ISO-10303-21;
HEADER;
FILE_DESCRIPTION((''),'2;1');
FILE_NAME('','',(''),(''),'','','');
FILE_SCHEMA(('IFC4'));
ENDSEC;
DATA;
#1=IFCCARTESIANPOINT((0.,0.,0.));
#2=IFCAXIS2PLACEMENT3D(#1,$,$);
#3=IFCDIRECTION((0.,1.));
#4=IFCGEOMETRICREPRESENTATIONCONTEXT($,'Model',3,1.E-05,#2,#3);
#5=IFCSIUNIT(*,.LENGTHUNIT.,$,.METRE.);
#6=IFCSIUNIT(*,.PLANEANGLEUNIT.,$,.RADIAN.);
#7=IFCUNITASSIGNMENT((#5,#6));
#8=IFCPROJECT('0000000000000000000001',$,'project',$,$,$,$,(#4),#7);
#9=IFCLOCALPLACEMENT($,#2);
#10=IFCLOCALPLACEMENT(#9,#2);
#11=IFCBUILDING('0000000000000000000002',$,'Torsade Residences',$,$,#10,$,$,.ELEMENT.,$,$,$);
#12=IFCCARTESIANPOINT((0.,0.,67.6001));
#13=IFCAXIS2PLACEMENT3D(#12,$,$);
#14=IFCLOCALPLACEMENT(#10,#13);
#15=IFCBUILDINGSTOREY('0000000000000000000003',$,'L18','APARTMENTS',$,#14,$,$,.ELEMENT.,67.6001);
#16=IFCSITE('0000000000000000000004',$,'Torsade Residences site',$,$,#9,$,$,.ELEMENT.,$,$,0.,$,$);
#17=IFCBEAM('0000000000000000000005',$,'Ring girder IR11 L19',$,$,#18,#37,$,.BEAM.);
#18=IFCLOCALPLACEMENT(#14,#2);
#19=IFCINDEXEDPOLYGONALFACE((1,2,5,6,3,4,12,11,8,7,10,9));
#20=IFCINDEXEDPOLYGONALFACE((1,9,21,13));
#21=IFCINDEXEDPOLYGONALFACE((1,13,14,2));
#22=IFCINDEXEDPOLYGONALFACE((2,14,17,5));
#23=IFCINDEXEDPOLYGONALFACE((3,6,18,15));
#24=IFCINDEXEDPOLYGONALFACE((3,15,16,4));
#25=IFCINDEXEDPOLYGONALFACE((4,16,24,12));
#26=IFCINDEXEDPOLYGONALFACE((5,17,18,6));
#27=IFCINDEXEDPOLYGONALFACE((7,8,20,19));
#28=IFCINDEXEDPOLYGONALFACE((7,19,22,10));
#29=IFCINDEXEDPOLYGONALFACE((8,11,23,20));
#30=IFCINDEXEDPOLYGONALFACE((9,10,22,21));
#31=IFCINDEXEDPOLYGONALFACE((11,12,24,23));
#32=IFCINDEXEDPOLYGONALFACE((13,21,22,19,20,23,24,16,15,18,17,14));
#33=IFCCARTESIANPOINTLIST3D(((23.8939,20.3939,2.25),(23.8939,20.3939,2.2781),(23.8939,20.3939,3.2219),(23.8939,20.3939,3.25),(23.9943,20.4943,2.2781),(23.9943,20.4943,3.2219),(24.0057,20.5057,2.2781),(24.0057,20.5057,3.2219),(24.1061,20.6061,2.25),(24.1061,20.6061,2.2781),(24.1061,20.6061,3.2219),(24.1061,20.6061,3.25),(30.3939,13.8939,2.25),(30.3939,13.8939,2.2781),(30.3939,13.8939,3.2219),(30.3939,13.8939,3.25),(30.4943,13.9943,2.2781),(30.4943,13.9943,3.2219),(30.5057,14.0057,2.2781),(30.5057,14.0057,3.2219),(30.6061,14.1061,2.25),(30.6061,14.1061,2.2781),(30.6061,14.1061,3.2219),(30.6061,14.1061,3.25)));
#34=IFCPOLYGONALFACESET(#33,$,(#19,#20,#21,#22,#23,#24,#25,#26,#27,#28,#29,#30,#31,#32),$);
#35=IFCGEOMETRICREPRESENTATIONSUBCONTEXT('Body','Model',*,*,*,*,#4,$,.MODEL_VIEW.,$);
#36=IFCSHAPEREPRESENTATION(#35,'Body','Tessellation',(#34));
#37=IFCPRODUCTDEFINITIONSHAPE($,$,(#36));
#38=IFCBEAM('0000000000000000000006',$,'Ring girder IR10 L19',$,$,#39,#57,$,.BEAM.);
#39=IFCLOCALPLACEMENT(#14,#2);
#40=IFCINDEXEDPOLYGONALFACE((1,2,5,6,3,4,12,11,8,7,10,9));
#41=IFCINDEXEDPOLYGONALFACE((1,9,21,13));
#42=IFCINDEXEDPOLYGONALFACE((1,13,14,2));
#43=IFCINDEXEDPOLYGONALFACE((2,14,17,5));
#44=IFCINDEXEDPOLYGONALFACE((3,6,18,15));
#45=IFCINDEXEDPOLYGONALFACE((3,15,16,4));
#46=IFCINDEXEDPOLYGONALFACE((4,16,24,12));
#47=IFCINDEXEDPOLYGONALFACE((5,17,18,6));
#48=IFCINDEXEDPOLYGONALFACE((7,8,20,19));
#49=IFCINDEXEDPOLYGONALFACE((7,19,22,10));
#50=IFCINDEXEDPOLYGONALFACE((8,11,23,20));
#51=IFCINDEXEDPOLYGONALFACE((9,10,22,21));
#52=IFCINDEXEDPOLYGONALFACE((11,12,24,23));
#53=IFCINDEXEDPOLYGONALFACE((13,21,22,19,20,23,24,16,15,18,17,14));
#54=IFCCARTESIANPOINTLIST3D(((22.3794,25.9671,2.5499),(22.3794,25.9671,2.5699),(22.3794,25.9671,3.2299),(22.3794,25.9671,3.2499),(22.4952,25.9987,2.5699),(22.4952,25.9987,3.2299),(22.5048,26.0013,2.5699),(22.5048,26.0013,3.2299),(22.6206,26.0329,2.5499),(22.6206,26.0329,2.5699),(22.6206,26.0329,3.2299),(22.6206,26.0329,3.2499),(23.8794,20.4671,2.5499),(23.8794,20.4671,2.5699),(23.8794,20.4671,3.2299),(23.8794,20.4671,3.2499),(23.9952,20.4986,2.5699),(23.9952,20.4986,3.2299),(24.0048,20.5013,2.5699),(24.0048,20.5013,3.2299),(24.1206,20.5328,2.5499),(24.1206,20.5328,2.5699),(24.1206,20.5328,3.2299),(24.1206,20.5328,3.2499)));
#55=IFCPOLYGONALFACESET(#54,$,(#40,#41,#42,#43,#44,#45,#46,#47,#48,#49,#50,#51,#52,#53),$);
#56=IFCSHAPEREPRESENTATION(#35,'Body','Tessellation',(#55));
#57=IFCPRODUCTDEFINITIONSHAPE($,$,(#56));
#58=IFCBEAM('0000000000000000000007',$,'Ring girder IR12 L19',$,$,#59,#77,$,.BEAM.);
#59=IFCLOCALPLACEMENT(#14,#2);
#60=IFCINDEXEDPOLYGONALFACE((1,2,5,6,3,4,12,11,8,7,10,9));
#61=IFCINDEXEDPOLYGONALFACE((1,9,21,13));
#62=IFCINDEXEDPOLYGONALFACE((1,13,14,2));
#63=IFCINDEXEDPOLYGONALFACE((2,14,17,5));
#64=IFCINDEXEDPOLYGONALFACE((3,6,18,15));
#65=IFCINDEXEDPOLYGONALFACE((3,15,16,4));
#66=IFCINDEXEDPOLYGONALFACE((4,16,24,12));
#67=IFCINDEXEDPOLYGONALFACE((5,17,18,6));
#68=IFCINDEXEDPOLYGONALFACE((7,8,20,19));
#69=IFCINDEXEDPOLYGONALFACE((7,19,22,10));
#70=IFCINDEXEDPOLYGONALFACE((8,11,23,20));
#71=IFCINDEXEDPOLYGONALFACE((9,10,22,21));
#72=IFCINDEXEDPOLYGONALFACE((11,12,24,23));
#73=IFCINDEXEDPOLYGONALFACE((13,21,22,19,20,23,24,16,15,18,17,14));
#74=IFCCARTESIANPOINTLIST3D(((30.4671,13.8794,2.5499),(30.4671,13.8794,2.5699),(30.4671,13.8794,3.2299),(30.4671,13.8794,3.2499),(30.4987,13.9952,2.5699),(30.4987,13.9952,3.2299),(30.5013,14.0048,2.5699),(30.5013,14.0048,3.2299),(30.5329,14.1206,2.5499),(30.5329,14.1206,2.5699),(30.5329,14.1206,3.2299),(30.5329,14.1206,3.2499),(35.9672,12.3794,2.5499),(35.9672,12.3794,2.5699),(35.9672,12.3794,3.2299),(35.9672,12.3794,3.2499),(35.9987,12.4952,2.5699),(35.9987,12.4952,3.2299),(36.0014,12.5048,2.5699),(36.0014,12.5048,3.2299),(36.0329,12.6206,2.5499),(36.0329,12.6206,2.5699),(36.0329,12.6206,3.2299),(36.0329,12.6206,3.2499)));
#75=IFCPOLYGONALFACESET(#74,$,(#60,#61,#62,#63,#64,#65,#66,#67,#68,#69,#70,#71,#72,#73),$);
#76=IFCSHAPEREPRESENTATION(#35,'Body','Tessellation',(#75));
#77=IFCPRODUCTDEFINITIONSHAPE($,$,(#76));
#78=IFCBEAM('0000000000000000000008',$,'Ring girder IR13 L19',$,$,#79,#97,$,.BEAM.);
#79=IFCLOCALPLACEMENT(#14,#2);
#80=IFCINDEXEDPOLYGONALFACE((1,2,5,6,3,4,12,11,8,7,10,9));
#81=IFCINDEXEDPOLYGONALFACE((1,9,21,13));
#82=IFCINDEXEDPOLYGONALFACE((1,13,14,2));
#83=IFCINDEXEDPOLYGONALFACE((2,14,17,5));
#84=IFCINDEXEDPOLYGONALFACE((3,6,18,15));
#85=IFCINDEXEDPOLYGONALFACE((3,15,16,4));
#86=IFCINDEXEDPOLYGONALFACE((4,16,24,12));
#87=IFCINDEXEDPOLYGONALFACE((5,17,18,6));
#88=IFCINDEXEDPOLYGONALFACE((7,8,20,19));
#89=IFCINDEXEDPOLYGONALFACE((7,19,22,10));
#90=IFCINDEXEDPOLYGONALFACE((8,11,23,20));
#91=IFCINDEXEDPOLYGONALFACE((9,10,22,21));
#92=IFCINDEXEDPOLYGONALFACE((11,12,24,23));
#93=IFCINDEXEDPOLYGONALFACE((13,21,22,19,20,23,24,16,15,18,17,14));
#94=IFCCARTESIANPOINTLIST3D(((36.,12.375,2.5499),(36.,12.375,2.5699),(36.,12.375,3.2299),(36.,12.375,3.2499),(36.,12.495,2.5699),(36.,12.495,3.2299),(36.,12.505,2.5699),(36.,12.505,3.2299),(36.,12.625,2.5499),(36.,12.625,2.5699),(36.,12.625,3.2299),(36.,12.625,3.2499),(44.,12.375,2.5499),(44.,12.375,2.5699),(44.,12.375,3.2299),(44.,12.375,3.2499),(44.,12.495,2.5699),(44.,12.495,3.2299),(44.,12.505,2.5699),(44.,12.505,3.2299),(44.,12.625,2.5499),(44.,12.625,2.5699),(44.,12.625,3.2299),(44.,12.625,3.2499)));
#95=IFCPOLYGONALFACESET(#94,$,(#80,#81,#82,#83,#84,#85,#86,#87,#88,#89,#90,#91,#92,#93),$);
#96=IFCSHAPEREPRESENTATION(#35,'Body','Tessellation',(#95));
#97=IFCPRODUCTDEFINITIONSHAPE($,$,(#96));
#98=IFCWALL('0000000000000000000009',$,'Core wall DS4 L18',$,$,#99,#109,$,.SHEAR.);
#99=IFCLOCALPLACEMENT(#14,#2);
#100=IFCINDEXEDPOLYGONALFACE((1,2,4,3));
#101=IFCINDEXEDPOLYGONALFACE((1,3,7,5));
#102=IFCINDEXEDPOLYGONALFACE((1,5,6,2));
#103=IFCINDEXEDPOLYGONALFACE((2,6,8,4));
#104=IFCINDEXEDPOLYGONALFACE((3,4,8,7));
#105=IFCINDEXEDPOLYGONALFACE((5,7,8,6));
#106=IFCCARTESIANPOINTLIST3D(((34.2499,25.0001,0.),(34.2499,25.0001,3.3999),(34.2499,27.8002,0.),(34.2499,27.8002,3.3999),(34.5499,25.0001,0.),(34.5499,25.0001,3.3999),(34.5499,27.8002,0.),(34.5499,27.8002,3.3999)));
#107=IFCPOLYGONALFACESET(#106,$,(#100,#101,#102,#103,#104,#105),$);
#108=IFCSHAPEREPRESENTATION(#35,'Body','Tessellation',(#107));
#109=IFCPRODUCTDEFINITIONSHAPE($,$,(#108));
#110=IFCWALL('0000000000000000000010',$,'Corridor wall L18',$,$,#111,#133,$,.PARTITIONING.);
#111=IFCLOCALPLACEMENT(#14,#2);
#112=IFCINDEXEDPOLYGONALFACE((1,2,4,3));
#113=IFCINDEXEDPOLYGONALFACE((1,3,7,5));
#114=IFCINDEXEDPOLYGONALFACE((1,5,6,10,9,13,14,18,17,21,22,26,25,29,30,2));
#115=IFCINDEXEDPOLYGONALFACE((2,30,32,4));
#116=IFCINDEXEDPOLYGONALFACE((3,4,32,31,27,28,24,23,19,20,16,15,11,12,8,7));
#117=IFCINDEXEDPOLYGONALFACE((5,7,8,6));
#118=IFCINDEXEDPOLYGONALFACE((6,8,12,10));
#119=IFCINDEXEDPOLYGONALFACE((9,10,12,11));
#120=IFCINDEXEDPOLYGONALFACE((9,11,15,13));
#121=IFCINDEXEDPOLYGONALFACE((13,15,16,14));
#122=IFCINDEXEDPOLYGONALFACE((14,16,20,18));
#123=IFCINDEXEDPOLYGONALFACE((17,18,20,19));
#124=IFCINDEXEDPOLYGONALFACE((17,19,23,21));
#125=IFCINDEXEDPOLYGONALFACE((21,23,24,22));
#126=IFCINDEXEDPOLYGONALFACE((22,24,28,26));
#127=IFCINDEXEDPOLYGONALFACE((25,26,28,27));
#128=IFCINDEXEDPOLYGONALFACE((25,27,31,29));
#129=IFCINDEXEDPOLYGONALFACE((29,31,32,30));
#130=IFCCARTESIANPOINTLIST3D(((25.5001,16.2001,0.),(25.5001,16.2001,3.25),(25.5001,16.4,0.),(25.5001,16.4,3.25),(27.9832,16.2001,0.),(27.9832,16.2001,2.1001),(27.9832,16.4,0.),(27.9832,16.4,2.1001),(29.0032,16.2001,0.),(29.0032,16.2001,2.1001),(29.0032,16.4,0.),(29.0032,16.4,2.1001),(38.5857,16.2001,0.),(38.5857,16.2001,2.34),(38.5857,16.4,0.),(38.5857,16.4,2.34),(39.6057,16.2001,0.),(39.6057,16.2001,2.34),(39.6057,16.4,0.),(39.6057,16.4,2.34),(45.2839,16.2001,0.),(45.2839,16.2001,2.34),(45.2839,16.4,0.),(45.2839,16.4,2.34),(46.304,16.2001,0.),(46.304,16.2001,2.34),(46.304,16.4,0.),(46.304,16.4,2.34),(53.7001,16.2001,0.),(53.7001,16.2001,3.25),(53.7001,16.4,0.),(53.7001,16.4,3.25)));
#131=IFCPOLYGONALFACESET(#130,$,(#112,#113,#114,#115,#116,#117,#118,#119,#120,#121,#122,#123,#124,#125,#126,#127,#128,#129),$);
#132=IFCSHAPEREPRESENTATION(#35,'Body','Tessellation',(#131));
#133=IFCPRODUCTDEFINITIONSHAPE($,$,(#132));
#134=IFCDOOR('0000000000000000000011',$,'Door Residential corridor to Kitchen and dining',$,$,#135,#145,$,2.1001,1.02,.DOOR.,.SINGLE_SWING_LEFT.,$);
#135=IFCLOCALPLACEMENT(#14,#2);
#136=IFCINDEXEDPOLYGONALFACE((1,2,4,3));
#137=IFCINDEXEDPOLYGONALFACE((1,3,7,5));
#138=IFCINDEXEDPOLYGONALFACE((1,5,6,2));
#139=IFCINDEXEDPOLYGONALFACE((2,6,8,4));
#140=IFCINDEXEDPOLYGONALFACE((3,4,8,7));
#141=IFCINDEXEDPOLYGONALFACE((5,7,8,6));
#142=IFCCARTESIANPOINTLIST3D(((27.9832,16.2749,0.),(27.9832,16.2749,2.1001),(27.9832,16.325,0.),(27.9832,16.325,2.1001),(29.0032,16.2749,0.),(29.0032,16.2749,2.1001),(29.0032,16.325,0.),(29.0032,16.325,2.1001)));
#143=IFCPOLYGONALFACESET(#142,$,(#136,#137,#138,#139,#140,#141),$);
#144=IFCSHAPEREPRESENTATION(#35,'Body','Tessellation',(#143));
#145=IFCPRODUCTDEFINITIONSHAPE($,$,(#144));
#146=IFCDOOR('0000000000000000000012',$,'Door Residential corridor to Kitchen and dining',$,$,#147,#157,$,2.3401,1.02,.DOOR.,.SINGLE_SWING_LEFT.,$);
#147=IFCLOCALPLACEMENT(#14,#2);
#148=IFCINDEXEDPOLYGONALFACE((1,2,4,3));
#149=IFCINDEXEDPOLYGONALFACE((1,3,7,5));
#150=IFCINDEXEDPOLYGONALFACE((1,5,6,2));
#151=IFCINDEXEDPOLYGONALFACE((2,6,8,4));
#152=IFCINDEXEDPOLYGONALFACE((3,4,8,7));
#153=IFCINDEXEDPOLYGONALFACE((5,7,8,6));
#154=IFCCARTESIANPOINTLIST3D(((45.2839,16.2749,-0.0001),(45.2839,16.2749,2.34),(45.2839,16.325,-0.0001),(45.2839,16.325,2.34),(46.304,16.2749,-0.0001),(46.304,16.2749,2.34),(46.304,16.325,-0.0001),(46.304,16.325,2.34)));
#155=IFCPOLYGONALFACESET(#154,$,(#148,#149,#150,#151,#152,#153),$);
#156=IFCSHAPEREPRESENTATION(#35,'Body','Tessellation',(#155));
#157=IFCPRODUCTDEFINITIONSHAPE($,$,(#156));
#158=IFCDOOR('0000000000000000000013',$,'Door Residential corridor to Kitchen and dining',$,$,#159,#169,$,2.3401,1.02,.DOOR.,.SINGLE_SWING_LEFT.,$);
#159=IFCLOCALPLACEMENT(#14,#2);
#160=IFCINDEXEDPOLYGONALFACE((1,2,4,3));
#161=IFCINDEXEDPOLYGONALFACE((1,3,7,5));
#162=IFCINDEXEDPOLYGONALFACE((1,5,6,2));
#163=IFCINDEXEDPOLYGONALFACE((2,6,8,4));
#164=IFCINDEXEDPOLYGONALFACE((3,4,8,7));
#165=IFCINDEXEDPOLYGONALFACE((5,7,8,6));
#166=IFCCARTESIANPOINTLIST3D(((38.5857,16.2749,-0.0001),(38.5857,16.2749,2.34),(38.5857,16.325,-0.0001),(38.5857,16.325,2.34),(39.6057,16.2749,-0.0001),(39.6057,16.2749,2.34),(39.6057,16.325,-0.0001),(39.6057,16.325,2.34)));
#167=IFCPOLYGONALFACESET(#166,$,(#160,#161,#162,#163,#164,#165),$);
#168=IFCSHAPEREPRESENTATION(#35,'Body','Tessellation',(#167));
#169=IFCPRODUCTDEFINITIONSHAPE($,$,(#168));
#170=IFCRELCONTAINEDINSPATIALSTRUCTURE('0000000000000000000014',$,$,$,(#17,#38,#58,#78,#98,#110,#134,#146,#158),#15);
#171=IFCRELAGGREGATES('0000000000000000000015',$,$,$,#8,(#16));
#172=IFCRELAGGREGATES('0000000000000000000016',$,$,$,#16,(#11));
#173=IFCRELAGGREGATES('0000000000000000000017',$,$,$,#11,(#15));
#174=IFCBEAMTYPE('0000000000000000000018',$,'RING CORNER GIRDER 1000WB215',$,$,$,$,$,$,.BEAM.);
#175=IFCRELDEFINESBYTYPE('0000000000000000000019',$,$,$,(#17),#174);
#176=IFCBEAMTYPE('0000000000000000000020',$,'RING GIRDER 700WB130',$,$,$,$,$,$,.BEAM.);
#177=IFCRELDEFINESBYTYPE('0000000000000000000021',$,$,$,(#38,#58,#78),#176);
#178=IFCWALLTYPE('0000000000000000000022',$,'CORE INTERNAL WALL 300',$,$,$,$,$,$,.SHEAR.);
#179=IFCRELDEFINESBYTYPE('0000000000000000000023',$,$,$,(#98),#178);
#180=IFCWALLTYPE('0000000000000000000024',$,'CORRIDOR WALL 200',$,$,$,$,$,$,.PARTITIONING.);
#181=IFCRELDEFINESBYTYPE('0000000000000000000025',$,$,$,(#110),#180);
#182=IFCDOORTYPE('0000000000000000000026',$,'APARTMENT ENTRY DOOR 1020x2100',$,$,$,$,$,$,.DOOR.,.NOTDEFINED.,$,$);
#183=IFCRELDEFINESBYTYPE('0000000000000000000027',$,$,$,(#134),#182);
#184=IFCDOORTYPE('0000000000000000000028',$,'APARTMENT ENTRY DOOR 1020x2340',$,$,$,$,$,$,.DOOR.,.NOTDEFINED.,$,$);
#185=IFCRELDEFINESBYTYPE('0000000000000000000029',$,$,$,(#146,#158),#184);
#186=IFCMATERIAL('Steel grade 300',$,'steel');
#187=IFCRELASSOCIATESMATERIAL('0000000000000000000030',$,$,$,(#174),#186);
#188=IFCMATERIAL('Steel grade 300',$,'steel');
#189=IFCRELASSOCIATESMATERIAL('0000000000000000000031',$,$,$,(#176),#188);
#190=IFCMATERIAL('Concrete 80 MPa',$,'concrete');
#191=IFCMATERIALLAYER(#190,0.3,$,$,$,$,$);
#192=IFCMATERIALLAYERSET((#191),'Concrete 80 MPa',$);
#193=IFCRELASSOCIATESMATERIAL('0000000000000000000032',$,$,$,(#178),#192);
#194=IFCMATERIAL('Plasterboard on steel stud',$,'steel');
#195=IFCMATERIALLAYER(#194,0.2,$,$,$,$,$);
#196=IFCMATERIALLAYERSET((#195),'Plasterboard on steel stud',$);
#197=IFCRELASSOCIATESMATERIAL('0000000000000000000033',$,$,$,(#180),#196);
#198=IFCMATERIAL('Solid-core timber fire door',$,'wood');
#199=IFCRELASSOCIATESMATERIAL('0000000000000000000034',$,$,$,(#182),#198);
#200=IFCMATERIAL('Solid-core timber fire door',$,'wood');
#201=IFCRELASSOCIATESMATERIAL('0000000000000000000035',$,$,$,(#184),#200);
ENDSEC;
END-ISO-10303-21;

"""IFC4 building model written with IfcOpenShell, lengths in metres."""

from ifc_helpers import new_model, si_unit, direction, frame, frame_2d, origin, origin_2d, place, context, subcontext, project, spatial, rectangle, i_section, extrude, material, layer, layer_set, material_profile, profile_set, type_object, element, fill, save


model = new_model("IFC4")

# Units and contexts
model_context = context("Model", 3, precision=1e-05, world=origin(), true_north=direction((0.0, 1.0)))
body_context = subcontext(model_context, "Body", "Model", "MODEL_VIEW")
ifc_project = project(units=[si_unit("LENGTHUNIT", "METRE"), si_unit("PLANEANGLEUNIT", "RADIAN")], contexts=[model_context])

# Site, building, storey
site_placement = place(None, origin())
site = spatial("IfcSite", under=ifc_project, at=site_placement, Name="Torsade Residences site", CompositionType="ELEMENT", RefElevation=0.0)
building_placement = place(site_placement, origin())
building = spatial("IfcBuilding", under=site, at=building_placement, Name="Torsade Residences", CompositionType="ELEMENT")
storey_placement = place(building_placement, frame((0.0, 0.0, 67.6001)))
storey = spatial("IfcBuildingStorey", under=building, at=storey_placement, Name="L18", Description="APARTMENTS", CompositionType="ELEMENT", Elevation=67.6001)

# Beams
ifc_material_1 = material(Name="Steel grade 300", Category="steel")
ifc_material_profile_1 = material_profile(ifc_material_1, i_section(OverallWidth=0.3, OverallDepth=1.0, WebThickness=0.0161, FlangeThickness=0.0281, at=origin_2d()), Name="1000WB215")
ifc_profile_set_1 = profile_set([ifc_material_profile_1], Name="Steel grade 300")
beam_type_1 = type_object("IfcBeamType", Name="RING CORNER GIRDER 1000WB215", PredefinedType="BEAM", material=ifc_profile_set_1)
beam_1_placement = place(storey_placement, frame((24.0, 20.5, 2.75), z_axis=(0.707107, -0.707107, 0.0), x_axis=(0.707107, 0.707107, 0.0)))
element("IfcBeam", 1, at=beam_1_placement, inside=storey, type_object=beam_type_1, Name="Ring girder IR11 L19", PredefinedType="BEAM", context=body_context, shape_type="SweptSolid", body=[
    extrude(i_section(OverallWidth=0.3, OverallDepth=1.0, WebThickness=0.0161, FlangeThickness=0.0281, at=origin_2d()), origin(), (0.0, 0.0, 1.0), 9.1924),
])
ifc_material_2 = material(Name="Steel grade 300", Category="steel")
ifc_material_profile_2 = material_profile(ifc_material_2, i_section(OverallWidth=0.25, OverallDepth=0.7, WebThickness=0.01, FlangeThickness=0.02, at=origin_2d()), Name="700WB130")
ifc_profile_set_2 = profile_set([ifc_material_profile_2], Name="Steel grade 300")
beam_type_2 = type_object("IfcBeamType", Name="RING GIRDER 700WB130", PredefinedType="BEAM", material=ifc_profile_set_2)
for number, where, z_axis, x_axis, name in (
    (2, (22.5, 26.0, 2.8999), (0.263117, -0.964764, 0.0), (0.964764, 0.263117, 0.0), "Ring girder IR10 L19"),
    (3, (30.5, 14.0, 2.8999), (0.964764, -0.263117, 0.0), (0.263117, 0.964764, 0.0), "Ring girder IR12 L19"),
):
    element("IfcBeam", number, at=place(storey_placement, frame(where, z_axis=z_axis, x_axis=x_axis)), inside=storey, type_object=beam_type_2, Name=name, PredefinedType="BEAM", context=body_context, shape_type="SweptSolid", body=[
        extrude(i_section(OverallWidth=0.25, OverallDepth=0.7, WebThickness=0.01, FlangeThickness=0.02, at=origin_2d()), origin(), (0.0, 0.0, 1.0), 5.7009),
    ])
beam_2_placement = place(storey_placement, frame((36.0, 12.5, 2.8999), z_axis=(1.0, 0.0, 0.0), x_axis=(0.0, 1.0, 0.0)))
element("IfcBeam", 4, at=beam_2_placement, inside=storey, type_object=beam_type_2, Name="Ring girder IR13 L19", PredefinedType="BEAM", context=body_context, shape_type="SweptSolid", body=[
    extrude(i_section(OverallWidth=0.25, OverallDepth=0.7, WebThickness=0.01, FlangeThickness=0.02, at=origin_2d()), origin(), (0.0, 0.0, 1.0), 8.0),
])

# Wall
ifc_material_3 = material(Name="Concrete 80 MPa", Category="concrete")
ifc_layer_1 = layer(ifc_material_3, 0.3)
ifc_layer_set_1 = layer_set([ifc_layer_1], Name="Concrete 80 MPa")
wall_type_1 = type_object("IfcWallType", Name="CORE INTERNAL WALL 300", PredefinedType="SHEAR", material=ifc_layer_set_1)
wall_1_placement = place(storey_placement, frame((34.3999, 27.8, 0.0), z_axis=(0.0, 0.0, 1.0), x_axis=(0.0, -1.0, 0.0)))
element("IfcWall", 5, at=wall_1_placement, inside=storey, type_object=wall_type_1, Name="Core wall DS4 L18", PredefinedType="SHEAR", context=body_context, shape_type="SweptSolid", body=[
    extrude(rectangle(XDim=2.8, YDim=0.3, at=frame_2d((1.3999, 0.0))), origin(), (0.0, 0.0, 1.0), 3.3999),
])

# Wall, openings, doors
ifc_material_4 = material(Name="Plasterboard on steel stud", Category="steel")
ifc_layer_2 = layer(ifc_material_4, 0.2)
ifc_layer_set_2 = layer_set([ifc_layer_2], Name="Plasterboard on steel stud")
wall_type_2 = type_object("IfcWallType", Name="CORRIDOR WALL 200", PredefinedType="PARTITIONING", material=ifc_layer_set_2)
wall_2_placement = place(storey_placement, frame((25.5, 16.3, 0.0), z_axis=(0.0, 0.0, 1.0), x_axis=(1.0, 0.0, 0.0)))
wall_2 = element("IfcWall", 6, at=wall_2_placement, inside=storey, type_object=wall_type_2, Name="Corridor wall L18", PredefinedType="PARTITIONING", context=body_context, shape_type="SweptSolid", body=[
    extrude(rectangle(XDim=28.2, YDim=0.2, at=frame_2d((14.1001, 0.0))), origin(), (0.0, 0.0, 1.0), 3.25),
])
opening_1_placement = place(wall_2_placement, frame((19.7839, 0.0, 0.0)))
opening_1 = element("IfcOpeningElement", 7, at=opening_1_placement, cuts=wall_2, PredefinedType="OPENING", context=body_context, shape_type="SweptSolid", body=[
    extrude(rectangle(XDim=1.02, YDim=2.3401, at=frame_2d((0.51, 1.1699))), frame((0.0, 0.1099, 0.0), z_axis=(0.0, -1.0, 0.0), x_axis=(1.0, 0.0, 0.0)), (0.0, 0.0, 1.0), 0.22),
])
opening_2_placement = place(wall_2_placement, frame((13.0857, 0.0, 0.0)))
opening_2 = element("IfcOpeningElement", 8, at=opening_2_placement, cuts=wall_2, PredefinedType="OPENING", context=body_context, shape_type="SweptSolid", body=[
    extrude(rectangle(XDim=1.02, YDim=2.3401, at=frame_2d((0.51, 1.1699))), frame((0.0, 0.1099, 0.0), z_axis=(0.0, -1.0, 0.0), x_axis=(1.0, 0.0, 0.0)), (0.0, 0.0, 1.0), 0.22),
])
opening_3_placement = place(wall_2_placement, frame((2.4832, 0.0, 0.0)))
opening_3 = element("IfcOpeningElement", 9, at=opening_3_placement, cuts=wall_2, PredefinedType="OPENING", context=body_context, shape_type="SweptSolid", body=[
    extrude(rectangle(XDim=1.02, YDim=2.1001, at=frame_2d((0.51, 1.05))), frame((0.0, 0.1099, 0.0), z_axis=(0.0, -1.0, 0.0), x_axis=(1.0, 0.0, 0.0)), (0.0, 0.0, 1.0), 0.22),
])
ifc_material_5 = material(Name="Solid-core timber fire door", Category="wood")
door_type_1 = type_object("IfcDoorType", Name="APARTMENT ENTRY DOOR 1020x2100", OperationType="NOTDEFINED", PredefinedType="DOOR", material=ifc_material_5)
door_1_placement = place(opening_3_placement, origin())
door_1 = element("IfcDoor", 10, at=door_1_placement, inside=storey, type_object=door_type_1, Name="Door Residential corridor to Kitchen and dining", OperationType="SINGLE_SWING_LEFT", OverallHeight=2.1001, OverallWidth=1.02, PredefinedType="DOOR", context=body_context, shape_type="SweptSolid", body=[
    extrude(rectangle(XDim=1.02, YDim=2.1001, at=frame_2d((0.51, 1.05))), frame((0.0, 0.0249, 0.0), z_axis=(0.0, -1.0, 0.0), x_axis=(1.0, 0.0, 0.0)), (0.0, 0.0, 1.0), 0.05),
])
fill(opening_3, door_1)
ifc_material_6 = material(Name="Solid-core timber fire door", Category="wood")
door_type_2 = type_object("IfcDoorType", Name="APARTMENT ENTRY DOOR 1020x2340", OperationType="NOTDEFINED", PredefinedType="DOOR", material=ifc_material_6)
door_2_placement = place(opening_1_placement, origin())
door_2 = element("IfcDoor", 11, at=door_2_placement, inside=storey, type_object=door_type_2, Name="Door Residential corridor to Kitchen and dining", OperationType="SINGLE_SWING_LEFT", OverallHeight=2.3401, OverallWidth=1.02, PredefinedType="DOOR", context=body_context, shape_type="SweptSolid", body=[
    extrude(rectangle(XDim=1.02, YDim=2.3401, at=frame_2d((0.51, 1.1699))), frame((0.0, 0.0249, 0.0), z_axis=(0.0, -1.0, 0.0), x_axis=(1.0, 0.0, 0.0)), (0.0, 0.0, 1.0), 0.05),
])
fill(opening_1, door_2)
door_3_placement = place(opening_2_placement, origin())
door_3 = element("IfcDoor", 12, at=door_3_placement, inside=storey, type_object=door_type_2, Name="Door Residential corridor to Kitchen and dining", OperationType="SINGLE_SWING_LEFT", OverallHeight=2.3401, OverallWidth=1.02, PredefinedType="DOOR", context=body_context, shape_type="SweptSolid", body=[
    extrude(rectangle(XDim=1.02, YDim=2.3401, at=frame_2d((0.51, 1.1699))), frame((0.0, 0.0249, 0.0), z_axis=(0.0, -1.0, 0.0), x_axis=(1.0, 0.0, 0.0)), (0.0, 0.0, 1.0), 0.05),
])
fill(opening_2, door_3)

save(model, "model.ifc")
